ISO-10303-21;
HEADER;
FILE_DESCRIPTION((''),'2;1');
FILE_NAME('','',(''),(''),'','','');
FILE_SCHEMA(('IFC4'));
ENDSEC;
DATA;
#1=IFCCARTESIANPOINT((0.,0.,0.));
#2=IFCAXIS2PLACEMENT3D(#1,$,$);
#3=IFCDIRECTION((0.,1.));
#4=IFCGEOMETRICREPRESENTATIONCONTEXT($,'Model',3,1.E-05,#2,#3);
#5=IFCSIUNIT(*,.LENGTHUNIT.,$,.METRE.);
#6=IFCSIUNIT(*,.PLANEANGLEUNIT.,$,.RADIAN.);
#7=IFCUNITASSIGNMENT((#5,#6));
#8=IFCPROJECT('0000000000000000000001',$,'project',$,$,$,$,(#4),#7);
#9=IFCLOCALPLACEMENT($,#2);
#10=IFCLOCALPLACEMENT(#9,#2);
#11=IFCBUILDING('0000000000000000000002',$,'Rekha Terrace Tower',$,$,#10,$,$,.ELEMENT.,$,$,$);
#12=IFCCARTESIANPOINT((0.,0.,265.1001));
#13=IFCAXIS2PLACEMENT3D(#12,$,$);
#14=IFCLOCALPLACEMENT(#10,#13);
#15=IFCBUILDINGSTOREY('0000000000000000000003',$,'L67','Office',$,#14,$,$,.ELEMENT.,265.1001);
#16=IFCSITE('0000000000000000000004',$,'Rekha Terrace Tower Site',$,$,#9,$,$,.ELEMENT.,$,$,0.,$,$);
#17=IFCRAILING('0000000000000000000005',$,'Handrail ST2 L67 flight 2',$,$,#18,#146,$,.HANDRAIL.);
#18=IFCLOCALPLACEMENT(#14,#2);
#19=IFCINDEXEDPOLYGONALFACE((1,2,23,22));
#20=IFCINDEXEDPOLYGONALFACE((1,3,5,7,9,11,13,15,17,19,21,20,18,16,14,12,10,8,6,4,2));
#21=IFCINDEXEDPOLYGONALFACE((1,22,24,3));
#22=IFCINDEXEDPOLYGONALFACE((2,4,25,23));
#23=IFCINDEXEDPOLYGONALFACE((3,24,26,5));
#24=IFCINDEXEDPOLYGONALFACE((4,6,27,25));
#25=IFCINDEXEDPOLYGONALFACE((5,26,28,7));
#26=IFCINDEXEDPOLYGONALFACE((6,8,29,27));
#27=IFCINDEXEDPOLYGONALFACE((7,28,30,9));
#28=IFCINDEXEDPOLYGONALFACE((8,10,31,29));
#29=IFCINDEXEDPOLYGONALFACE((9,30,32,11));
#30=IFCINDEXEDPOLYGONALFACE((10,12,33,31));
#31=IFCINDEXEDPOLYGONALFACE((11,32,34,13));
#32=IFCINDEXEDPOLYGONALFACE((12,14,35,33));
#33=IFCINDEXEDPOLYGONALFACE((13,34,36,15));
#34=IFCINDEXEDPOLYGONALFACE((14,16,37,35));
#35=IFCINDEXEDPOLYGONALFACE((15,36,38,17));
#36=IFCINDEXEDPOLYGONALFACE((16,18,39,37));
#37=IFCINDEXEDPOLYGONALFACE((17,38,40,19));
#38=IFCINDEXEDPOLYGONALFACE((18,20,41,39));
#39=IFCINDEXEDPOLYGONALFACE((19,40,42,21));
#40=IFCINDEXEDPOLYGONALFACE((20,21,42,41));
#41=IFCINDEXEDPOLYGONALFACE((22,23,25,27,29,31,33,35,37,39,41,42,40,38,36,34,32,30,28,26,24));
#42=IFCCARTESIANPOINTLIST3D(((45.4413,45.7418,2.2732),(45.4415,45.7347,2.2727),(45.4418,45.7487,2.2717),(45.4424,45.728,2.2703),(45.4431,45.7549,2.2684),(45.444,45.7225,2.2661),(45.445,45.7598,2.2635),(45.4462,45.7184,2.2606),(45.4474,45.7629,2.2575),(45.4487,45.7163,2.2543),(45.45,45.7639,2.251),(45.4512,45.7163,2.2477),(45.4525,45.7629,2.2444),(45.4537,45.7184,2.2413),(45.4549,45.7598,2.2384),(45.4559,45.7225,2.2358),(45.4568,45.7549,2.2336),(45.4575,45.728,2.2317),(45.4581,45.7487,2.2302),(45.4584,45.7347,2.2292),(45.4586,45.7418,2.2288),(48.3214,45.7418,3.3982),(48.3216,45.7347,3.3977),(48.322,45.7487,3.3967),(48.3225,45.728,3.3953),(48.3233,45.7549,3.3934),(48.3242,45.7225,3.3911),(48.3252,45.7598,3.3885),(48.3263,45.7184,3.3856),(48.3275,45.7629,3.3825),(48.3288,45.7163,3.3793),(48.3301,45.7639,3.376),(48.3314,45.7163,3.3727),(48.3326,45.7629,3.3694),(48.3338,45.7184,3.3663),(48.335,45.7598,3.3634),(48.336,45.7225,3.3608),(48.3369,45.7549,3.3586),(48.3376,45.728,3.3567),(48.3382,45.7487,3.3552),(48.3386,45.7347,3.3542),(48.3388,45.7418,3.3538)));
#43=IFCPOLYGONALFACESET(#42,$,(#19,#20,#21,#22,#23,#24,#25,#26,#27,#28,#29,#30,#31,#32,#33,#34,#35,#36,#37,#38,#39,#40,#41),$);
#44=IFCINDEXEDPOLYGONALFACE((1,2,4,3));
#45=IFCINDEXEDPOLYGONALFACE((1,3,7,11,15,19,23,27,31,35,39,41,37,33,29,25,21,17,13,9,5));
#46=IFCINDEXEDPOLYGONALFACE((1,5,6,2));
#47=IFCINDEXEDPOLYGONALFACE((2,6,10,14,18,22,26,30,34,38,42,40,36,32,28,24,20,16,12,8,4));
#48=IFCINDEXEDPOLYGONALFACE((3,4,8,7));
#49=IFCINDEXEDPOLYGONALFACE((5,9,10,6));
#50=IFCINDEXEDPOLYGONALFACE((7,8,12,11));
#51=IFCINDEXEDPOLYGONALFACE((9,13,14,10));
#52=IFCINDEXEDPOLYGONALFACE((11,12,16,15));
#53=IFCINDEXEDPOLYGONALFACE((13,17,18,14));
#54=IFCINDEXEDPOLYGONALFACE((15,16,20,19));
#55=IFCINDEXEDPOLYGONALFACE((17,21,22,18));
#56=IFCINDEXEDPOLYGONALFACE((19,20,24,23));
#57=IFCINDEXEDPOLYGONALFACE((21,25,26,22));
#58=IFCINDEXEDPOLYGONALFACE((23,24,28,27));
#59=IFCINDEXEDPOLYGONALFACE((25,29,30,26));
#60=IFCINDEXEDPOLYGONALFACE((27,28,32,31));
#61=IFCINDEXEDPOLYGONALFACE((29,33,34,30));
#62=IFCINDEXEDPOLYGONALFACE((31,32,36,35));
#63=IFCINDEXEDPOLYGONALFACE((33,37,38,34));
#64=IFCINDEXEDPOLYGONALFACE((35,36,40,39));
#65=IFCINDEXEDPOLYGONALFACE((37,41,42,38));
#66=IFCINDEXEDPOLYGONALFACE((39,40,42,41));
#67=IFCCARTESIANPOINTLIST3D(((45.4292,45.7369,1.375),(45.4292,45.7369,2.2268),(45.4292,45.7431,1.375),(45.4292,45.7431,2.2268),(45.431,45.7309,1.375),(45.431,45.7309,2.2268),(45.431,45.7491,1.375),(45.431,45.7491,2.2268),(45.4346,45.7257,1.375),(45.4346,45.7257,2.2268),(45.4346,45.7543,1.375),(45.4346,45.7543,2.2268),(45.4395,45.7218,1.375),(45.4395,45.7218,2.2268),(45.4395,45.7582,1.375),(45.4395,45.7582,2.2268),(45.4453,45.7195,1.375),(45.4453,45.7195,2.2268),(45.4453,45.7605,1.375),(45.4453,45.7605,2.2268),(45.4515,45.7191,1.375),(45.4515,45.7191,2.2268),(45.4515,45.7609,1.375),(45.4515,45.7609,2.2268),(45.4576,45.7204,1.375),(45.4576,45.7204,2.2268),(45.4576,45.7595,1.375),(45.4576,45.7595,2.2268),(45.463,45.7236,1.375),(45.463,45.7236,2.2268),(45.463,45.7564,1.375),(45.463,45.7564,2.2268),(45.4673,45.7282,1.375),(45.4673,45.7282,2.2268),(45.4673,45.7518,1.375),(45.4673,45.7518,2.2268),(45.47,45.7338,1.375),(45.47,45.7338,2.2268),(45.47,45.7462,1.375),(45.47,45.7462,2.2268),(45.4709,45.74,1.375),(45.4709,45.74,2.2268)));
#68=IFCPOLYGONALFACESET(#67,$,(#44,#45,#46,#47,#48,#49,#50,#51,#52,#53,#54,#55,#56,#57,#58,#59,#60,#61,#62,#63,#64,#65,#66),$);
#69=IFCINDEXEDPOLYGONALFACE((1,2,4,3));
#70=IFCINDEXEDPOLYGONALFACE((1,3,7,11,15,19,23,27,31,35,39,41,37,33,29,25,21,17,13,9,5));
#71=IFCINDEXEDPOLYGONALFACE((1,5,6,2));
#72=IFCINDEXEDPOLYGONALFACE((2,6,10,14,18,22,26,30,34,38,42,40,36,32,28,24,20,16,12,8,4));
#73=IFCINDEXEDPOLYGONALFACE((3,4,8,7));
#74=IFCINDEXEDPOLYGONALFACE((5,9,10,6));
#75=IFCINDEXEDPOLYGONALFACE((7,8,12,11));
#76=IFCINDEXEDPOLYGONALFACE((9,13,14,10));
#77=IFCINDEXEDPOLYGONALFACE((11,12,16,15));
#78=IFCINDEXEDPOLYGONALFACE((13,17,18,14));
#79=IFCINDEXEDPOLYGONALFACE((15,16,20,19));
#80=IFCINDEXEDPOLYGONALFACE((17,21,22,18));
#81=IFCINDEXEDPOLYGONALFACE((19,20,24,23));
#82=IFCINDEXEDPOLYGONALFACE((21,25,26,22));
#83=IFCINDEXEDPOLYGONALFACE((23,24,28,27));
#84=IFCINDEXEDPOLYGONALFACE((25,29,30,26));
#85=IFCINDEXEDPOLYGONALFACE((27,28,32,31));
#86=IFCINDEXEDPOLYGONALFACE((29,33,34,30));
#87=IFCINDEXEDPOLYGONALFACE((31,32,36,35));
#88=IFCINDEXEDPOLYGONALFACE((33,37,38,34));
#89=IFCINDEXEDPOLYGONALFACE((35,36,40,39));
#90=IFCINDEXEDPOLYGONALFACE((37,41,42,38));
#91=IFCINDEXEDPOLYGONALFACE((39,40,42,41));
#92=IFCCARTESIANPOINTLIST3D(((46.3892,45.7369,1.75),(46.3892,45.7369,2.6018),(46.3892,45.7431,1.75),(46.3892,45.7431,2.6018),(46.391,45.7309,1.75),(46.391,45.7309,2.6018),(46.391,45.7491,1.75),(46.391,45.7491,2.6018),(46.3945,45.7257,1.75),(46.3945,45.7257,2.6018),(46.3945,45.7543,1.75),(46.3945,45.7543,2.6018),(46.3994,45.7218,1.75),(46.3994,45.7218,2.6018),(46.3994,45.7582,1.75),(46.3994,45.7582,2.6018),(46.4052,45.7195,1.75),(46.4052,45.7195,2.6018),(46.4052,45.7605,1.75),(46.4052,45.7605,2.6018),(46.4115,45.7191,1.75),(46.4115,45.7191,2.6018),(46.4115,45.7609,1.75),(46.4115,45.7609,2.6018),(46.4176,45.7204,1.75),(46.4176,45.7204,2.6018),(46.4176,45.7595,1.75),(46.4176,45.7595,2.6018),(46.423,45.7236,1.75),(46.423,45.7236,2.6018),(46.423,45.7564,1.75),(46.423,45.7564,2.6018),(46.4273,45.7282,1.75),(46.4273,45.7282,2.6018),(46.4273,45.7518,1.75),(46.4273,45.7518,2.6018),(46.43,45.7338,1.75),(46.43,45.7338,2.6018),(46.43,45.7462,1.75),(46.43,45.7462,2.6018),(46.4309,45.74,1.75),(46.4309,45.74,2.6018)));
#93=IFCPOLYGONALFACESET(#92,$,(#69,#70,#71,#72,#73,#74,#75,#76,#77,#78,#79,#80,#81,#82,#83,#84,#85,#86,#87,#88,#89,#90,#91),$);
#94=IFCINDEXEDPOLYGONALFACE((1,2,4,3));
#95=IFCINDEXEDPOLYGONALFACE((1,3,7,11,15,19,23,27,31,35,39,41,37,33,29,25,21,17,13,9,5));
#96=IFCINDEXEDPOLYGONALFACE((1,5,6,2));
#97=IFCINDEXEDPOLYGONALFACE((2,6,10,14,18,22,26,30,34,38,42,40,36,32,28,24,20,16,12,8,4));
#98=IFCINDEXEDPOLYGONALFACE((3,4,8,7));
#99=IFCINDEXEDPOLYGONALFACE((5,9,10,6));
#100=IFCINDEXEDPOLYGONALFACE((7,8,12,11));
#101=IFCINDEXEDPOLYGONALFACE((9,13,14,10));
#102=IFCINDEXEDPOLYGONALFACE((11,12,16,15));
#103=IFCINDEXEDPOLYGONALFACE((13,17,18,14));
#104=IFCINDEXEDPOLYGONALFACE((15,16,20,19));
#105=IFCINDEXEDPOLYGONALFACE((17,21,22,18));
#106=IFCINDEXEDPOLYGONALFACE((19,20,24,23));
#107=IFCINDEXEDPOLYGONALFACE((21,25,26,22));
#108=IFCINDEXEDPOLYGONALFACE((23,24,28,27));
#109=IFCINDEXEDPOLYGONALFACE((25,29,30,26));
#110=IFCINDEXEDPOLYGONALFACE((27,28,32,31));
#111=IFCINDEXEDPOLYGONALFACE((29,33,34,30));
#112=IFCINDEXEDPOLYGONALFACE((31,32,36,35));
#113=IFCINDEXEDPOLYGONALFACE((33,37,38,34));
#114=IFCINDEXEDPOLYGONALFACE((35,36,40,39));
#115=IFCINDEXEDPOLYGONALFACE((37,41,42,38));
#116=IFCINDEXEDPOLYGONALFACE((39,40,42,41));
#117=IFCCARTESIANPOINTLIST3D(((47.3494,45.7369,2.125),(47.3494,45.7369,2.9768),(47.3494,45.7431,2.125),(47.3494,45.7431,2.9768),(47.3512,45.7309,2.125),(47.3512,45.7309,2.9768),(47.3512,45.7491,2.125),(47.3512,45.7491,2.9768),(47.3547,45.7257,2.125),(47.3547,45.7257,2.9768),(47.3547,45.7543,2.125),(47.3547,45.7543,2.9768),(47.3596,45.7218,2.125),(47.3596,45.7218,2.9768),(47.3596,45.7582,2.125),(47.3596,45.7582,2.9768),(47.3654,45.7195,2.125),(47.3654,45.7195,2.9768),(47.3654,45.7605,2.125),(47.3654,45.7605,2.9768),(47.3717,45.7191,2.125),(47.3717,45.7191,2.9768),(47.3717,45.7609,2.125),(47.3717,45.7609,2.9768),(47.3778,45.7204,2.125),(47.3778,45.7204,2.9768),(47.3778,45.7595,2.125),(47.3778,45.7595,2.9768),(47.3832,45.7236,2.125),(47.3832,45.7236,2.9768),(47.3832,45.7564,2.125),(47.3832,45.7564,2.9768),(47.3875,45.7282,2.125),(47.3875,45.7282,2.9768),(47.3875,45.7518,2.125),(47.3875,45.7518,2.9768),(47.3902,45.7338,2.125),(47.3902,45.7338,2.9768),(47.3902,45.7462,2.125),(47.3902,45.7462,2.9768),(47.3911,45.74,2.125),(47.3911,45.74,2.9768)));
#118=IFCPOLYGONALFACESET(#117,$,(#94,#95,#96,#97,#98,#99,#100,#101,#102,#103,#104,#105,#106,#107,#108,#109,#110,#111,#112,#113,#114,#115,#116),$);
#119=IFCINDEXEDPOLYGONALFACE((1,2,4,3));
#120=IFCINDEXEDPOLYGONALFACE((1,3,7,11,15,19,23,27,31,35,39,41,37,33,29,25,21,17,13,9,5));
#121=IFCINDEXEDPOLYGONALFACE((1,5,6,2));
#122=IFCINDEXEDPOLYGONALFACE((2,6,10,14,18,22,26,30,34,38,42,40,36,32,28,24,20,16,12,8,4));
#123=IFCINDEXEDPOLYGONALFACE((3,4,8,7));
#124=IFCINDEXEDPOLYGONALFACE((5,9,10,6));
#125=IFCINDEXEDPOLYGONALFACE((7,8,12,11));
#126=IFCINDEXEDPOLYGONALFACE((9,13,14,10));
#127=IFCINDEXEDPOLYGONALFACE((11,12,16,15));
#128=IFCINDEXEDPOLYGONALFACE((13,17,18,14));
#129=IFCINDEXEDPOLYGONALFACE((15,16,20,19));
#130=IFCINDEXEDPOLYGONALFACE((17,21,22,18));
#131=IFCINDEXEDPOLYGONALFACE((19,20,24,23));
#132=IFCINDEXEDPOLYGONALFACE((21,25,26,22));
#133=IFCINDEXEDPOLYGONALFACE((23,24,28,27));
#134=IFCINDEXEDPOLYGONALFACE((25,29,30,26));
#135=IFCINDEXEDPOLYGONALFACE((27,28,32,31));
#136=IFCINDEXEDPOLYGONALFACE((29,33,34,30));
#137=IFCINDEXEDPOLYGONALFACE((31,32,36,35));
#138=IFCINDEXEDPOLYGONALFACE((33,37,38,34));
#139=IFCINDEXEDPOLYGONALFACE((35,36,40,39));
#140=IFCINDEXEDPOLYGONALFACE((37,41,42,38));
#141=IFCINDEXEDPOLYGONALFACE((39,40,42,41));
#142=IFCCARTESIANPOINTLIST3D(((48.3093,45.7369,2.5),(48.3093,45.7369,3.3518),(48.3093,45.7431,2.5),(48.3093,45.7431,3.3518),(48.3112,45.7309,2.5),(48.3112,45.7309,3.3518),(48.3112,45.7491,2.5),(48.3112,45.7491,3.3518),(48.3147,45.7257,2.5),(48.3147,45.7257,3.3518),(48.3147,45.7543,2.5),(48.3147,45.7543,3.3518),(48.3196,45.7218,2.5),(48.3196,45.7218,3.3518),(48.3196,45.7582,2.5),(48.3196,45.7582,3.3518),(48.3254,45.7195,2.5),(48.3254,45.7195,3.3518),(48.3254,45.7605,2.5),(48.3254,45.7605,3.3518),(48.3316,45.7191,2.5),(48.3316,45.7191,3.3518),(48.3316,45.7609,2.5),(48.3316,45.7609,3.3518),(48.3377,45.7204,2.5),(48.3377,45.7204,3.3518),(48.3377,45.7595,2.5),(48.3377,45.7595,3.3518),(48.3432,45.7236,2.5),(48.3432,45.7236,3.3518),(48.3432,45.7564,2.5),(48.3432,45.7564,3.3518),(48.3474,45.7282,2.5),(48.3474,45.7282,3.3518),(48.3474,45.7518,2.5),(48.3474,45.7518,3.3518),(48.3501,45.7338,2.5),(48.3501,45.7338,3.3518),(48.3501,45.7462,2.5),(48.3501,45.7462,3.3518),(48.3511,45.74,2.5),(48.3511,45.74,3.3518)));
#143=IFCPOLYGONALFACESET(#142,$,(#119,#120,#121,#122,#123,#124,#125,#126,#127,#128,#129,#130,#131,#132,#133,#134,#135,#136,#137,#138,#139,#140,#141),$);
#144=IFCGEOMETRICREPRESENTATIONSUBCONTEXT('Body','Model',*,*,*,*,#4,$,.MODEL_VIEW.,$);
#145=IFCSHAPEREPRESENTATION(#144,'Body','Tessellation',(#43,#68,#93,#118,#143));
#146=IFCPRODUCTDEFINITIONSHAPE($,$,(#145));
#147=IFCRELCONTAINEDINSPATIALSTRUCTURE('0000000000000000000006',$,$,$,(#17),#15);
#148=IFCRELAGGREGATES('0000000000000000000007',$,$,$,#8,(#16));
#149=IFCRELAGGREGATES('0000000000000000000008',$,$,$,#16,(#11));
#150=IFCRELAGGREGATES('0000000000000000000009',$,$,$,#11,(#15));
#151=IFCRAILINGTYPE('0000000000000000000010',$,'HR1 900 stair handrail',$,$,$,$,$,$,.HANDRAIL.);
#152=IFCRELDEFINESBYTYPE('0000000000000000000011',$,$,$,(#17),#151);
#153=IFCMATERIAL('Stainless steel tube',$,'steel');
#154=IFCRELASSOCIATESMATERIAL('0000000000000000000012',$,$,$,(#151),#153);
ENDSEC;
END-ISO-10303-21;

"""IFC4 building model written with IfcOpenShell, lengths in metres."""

from ifc_helpers import new_model, si_unit, direction, frame, origin, origin_2d, place, context, subcontext, project, spatial, circle, extrude, material, type_object, element, save


model = new_model("IFC4")

# Units and contexts
model_context = context("Model", 3, precision=1e-05, world=origin(), true_north=direction((0.0, 1.0)))
body_context = subcontext(model_context, "Body", "Model", "MODEL_VIEW")
ifc_project = project(units=[si_unit("LENGTHUNIT", "METRE"), si_unit("PLANEANGLEUNIT", "RADIAN")], contexts=[model_context])

# Site, building, storey
site_placement = place(None, origin())
site = spatial("IfcSite", under=ifc_project, at=site_placement, Name="Rekha Terrace Tower Site", CompositionType="ELEMENT", RefElevation=0.0)
building_placement = place(site_placement, origin())
building = spatial("IfcBuilding", under=site, at=building_placement, Name="Rekha Terrace Tower", CompositionType="ELEMENT")
storey_placement = place(building_placement, frame((0.0, 0.0, 265.1001)))
storey = spatial("IfcBuildingStorey", under=building, at=storey_placement, Name="L67", Description="Office", CompositionType="ELEMENT", Elevation=265.1001)

# Railing
ifc_material_1 = material(Name="Stainless steel tube", Category="steel")
railing_type_1 = type_object("IfcRailingType", Name="HR1 900 stair handrail", PredefinedType="HANDRAIL", material=ifc_material_1)
railing_1_placement = place(storey_placement, frame((45.45, 45.74, 1.375)))
element("IfcRailing", 1, at=railing_1_placement, inside=storey, type_object=railing_type_1, Name="Handrail ST2 L67 flight 2", PredefinedType="HANDRAIL", context=body_context, shape_type="SweptSolid", body=[
    extrude(circle(Radius=0.0239, at=origin_2d()), frame((0.0, 0.0, 0.876), z_axis=(0.931463, 0.0, 0.363837), x_axis=(0.0, 1.0, 0.0)), (0.0, 0.0, 1.0), 3.092),
    extrude(circle(Radius=0.021, at=origin_2d()), origin(), (0.0, 0.0, 1.0), 0.8518),
    extrude(circle(Radius=0.021, at=origin_2d()), frame((0.96, 0.0, 0.375)), (0.0, 0.0, 1.0), 0.8518),
    extrude(circle(Radius=0.021, at=origin_2d()), frame((1.9202, 0.0, 0.75)), (0.0, 0.0, 1.0), 0.8518),
    extrude(circle(Radius=0.021, at=origin_2d()), frame((2.8801, 0.0, 1.125)), (0.0, 0.0, 1.0), 0.8518),
])

save(model, "model.ifc")
